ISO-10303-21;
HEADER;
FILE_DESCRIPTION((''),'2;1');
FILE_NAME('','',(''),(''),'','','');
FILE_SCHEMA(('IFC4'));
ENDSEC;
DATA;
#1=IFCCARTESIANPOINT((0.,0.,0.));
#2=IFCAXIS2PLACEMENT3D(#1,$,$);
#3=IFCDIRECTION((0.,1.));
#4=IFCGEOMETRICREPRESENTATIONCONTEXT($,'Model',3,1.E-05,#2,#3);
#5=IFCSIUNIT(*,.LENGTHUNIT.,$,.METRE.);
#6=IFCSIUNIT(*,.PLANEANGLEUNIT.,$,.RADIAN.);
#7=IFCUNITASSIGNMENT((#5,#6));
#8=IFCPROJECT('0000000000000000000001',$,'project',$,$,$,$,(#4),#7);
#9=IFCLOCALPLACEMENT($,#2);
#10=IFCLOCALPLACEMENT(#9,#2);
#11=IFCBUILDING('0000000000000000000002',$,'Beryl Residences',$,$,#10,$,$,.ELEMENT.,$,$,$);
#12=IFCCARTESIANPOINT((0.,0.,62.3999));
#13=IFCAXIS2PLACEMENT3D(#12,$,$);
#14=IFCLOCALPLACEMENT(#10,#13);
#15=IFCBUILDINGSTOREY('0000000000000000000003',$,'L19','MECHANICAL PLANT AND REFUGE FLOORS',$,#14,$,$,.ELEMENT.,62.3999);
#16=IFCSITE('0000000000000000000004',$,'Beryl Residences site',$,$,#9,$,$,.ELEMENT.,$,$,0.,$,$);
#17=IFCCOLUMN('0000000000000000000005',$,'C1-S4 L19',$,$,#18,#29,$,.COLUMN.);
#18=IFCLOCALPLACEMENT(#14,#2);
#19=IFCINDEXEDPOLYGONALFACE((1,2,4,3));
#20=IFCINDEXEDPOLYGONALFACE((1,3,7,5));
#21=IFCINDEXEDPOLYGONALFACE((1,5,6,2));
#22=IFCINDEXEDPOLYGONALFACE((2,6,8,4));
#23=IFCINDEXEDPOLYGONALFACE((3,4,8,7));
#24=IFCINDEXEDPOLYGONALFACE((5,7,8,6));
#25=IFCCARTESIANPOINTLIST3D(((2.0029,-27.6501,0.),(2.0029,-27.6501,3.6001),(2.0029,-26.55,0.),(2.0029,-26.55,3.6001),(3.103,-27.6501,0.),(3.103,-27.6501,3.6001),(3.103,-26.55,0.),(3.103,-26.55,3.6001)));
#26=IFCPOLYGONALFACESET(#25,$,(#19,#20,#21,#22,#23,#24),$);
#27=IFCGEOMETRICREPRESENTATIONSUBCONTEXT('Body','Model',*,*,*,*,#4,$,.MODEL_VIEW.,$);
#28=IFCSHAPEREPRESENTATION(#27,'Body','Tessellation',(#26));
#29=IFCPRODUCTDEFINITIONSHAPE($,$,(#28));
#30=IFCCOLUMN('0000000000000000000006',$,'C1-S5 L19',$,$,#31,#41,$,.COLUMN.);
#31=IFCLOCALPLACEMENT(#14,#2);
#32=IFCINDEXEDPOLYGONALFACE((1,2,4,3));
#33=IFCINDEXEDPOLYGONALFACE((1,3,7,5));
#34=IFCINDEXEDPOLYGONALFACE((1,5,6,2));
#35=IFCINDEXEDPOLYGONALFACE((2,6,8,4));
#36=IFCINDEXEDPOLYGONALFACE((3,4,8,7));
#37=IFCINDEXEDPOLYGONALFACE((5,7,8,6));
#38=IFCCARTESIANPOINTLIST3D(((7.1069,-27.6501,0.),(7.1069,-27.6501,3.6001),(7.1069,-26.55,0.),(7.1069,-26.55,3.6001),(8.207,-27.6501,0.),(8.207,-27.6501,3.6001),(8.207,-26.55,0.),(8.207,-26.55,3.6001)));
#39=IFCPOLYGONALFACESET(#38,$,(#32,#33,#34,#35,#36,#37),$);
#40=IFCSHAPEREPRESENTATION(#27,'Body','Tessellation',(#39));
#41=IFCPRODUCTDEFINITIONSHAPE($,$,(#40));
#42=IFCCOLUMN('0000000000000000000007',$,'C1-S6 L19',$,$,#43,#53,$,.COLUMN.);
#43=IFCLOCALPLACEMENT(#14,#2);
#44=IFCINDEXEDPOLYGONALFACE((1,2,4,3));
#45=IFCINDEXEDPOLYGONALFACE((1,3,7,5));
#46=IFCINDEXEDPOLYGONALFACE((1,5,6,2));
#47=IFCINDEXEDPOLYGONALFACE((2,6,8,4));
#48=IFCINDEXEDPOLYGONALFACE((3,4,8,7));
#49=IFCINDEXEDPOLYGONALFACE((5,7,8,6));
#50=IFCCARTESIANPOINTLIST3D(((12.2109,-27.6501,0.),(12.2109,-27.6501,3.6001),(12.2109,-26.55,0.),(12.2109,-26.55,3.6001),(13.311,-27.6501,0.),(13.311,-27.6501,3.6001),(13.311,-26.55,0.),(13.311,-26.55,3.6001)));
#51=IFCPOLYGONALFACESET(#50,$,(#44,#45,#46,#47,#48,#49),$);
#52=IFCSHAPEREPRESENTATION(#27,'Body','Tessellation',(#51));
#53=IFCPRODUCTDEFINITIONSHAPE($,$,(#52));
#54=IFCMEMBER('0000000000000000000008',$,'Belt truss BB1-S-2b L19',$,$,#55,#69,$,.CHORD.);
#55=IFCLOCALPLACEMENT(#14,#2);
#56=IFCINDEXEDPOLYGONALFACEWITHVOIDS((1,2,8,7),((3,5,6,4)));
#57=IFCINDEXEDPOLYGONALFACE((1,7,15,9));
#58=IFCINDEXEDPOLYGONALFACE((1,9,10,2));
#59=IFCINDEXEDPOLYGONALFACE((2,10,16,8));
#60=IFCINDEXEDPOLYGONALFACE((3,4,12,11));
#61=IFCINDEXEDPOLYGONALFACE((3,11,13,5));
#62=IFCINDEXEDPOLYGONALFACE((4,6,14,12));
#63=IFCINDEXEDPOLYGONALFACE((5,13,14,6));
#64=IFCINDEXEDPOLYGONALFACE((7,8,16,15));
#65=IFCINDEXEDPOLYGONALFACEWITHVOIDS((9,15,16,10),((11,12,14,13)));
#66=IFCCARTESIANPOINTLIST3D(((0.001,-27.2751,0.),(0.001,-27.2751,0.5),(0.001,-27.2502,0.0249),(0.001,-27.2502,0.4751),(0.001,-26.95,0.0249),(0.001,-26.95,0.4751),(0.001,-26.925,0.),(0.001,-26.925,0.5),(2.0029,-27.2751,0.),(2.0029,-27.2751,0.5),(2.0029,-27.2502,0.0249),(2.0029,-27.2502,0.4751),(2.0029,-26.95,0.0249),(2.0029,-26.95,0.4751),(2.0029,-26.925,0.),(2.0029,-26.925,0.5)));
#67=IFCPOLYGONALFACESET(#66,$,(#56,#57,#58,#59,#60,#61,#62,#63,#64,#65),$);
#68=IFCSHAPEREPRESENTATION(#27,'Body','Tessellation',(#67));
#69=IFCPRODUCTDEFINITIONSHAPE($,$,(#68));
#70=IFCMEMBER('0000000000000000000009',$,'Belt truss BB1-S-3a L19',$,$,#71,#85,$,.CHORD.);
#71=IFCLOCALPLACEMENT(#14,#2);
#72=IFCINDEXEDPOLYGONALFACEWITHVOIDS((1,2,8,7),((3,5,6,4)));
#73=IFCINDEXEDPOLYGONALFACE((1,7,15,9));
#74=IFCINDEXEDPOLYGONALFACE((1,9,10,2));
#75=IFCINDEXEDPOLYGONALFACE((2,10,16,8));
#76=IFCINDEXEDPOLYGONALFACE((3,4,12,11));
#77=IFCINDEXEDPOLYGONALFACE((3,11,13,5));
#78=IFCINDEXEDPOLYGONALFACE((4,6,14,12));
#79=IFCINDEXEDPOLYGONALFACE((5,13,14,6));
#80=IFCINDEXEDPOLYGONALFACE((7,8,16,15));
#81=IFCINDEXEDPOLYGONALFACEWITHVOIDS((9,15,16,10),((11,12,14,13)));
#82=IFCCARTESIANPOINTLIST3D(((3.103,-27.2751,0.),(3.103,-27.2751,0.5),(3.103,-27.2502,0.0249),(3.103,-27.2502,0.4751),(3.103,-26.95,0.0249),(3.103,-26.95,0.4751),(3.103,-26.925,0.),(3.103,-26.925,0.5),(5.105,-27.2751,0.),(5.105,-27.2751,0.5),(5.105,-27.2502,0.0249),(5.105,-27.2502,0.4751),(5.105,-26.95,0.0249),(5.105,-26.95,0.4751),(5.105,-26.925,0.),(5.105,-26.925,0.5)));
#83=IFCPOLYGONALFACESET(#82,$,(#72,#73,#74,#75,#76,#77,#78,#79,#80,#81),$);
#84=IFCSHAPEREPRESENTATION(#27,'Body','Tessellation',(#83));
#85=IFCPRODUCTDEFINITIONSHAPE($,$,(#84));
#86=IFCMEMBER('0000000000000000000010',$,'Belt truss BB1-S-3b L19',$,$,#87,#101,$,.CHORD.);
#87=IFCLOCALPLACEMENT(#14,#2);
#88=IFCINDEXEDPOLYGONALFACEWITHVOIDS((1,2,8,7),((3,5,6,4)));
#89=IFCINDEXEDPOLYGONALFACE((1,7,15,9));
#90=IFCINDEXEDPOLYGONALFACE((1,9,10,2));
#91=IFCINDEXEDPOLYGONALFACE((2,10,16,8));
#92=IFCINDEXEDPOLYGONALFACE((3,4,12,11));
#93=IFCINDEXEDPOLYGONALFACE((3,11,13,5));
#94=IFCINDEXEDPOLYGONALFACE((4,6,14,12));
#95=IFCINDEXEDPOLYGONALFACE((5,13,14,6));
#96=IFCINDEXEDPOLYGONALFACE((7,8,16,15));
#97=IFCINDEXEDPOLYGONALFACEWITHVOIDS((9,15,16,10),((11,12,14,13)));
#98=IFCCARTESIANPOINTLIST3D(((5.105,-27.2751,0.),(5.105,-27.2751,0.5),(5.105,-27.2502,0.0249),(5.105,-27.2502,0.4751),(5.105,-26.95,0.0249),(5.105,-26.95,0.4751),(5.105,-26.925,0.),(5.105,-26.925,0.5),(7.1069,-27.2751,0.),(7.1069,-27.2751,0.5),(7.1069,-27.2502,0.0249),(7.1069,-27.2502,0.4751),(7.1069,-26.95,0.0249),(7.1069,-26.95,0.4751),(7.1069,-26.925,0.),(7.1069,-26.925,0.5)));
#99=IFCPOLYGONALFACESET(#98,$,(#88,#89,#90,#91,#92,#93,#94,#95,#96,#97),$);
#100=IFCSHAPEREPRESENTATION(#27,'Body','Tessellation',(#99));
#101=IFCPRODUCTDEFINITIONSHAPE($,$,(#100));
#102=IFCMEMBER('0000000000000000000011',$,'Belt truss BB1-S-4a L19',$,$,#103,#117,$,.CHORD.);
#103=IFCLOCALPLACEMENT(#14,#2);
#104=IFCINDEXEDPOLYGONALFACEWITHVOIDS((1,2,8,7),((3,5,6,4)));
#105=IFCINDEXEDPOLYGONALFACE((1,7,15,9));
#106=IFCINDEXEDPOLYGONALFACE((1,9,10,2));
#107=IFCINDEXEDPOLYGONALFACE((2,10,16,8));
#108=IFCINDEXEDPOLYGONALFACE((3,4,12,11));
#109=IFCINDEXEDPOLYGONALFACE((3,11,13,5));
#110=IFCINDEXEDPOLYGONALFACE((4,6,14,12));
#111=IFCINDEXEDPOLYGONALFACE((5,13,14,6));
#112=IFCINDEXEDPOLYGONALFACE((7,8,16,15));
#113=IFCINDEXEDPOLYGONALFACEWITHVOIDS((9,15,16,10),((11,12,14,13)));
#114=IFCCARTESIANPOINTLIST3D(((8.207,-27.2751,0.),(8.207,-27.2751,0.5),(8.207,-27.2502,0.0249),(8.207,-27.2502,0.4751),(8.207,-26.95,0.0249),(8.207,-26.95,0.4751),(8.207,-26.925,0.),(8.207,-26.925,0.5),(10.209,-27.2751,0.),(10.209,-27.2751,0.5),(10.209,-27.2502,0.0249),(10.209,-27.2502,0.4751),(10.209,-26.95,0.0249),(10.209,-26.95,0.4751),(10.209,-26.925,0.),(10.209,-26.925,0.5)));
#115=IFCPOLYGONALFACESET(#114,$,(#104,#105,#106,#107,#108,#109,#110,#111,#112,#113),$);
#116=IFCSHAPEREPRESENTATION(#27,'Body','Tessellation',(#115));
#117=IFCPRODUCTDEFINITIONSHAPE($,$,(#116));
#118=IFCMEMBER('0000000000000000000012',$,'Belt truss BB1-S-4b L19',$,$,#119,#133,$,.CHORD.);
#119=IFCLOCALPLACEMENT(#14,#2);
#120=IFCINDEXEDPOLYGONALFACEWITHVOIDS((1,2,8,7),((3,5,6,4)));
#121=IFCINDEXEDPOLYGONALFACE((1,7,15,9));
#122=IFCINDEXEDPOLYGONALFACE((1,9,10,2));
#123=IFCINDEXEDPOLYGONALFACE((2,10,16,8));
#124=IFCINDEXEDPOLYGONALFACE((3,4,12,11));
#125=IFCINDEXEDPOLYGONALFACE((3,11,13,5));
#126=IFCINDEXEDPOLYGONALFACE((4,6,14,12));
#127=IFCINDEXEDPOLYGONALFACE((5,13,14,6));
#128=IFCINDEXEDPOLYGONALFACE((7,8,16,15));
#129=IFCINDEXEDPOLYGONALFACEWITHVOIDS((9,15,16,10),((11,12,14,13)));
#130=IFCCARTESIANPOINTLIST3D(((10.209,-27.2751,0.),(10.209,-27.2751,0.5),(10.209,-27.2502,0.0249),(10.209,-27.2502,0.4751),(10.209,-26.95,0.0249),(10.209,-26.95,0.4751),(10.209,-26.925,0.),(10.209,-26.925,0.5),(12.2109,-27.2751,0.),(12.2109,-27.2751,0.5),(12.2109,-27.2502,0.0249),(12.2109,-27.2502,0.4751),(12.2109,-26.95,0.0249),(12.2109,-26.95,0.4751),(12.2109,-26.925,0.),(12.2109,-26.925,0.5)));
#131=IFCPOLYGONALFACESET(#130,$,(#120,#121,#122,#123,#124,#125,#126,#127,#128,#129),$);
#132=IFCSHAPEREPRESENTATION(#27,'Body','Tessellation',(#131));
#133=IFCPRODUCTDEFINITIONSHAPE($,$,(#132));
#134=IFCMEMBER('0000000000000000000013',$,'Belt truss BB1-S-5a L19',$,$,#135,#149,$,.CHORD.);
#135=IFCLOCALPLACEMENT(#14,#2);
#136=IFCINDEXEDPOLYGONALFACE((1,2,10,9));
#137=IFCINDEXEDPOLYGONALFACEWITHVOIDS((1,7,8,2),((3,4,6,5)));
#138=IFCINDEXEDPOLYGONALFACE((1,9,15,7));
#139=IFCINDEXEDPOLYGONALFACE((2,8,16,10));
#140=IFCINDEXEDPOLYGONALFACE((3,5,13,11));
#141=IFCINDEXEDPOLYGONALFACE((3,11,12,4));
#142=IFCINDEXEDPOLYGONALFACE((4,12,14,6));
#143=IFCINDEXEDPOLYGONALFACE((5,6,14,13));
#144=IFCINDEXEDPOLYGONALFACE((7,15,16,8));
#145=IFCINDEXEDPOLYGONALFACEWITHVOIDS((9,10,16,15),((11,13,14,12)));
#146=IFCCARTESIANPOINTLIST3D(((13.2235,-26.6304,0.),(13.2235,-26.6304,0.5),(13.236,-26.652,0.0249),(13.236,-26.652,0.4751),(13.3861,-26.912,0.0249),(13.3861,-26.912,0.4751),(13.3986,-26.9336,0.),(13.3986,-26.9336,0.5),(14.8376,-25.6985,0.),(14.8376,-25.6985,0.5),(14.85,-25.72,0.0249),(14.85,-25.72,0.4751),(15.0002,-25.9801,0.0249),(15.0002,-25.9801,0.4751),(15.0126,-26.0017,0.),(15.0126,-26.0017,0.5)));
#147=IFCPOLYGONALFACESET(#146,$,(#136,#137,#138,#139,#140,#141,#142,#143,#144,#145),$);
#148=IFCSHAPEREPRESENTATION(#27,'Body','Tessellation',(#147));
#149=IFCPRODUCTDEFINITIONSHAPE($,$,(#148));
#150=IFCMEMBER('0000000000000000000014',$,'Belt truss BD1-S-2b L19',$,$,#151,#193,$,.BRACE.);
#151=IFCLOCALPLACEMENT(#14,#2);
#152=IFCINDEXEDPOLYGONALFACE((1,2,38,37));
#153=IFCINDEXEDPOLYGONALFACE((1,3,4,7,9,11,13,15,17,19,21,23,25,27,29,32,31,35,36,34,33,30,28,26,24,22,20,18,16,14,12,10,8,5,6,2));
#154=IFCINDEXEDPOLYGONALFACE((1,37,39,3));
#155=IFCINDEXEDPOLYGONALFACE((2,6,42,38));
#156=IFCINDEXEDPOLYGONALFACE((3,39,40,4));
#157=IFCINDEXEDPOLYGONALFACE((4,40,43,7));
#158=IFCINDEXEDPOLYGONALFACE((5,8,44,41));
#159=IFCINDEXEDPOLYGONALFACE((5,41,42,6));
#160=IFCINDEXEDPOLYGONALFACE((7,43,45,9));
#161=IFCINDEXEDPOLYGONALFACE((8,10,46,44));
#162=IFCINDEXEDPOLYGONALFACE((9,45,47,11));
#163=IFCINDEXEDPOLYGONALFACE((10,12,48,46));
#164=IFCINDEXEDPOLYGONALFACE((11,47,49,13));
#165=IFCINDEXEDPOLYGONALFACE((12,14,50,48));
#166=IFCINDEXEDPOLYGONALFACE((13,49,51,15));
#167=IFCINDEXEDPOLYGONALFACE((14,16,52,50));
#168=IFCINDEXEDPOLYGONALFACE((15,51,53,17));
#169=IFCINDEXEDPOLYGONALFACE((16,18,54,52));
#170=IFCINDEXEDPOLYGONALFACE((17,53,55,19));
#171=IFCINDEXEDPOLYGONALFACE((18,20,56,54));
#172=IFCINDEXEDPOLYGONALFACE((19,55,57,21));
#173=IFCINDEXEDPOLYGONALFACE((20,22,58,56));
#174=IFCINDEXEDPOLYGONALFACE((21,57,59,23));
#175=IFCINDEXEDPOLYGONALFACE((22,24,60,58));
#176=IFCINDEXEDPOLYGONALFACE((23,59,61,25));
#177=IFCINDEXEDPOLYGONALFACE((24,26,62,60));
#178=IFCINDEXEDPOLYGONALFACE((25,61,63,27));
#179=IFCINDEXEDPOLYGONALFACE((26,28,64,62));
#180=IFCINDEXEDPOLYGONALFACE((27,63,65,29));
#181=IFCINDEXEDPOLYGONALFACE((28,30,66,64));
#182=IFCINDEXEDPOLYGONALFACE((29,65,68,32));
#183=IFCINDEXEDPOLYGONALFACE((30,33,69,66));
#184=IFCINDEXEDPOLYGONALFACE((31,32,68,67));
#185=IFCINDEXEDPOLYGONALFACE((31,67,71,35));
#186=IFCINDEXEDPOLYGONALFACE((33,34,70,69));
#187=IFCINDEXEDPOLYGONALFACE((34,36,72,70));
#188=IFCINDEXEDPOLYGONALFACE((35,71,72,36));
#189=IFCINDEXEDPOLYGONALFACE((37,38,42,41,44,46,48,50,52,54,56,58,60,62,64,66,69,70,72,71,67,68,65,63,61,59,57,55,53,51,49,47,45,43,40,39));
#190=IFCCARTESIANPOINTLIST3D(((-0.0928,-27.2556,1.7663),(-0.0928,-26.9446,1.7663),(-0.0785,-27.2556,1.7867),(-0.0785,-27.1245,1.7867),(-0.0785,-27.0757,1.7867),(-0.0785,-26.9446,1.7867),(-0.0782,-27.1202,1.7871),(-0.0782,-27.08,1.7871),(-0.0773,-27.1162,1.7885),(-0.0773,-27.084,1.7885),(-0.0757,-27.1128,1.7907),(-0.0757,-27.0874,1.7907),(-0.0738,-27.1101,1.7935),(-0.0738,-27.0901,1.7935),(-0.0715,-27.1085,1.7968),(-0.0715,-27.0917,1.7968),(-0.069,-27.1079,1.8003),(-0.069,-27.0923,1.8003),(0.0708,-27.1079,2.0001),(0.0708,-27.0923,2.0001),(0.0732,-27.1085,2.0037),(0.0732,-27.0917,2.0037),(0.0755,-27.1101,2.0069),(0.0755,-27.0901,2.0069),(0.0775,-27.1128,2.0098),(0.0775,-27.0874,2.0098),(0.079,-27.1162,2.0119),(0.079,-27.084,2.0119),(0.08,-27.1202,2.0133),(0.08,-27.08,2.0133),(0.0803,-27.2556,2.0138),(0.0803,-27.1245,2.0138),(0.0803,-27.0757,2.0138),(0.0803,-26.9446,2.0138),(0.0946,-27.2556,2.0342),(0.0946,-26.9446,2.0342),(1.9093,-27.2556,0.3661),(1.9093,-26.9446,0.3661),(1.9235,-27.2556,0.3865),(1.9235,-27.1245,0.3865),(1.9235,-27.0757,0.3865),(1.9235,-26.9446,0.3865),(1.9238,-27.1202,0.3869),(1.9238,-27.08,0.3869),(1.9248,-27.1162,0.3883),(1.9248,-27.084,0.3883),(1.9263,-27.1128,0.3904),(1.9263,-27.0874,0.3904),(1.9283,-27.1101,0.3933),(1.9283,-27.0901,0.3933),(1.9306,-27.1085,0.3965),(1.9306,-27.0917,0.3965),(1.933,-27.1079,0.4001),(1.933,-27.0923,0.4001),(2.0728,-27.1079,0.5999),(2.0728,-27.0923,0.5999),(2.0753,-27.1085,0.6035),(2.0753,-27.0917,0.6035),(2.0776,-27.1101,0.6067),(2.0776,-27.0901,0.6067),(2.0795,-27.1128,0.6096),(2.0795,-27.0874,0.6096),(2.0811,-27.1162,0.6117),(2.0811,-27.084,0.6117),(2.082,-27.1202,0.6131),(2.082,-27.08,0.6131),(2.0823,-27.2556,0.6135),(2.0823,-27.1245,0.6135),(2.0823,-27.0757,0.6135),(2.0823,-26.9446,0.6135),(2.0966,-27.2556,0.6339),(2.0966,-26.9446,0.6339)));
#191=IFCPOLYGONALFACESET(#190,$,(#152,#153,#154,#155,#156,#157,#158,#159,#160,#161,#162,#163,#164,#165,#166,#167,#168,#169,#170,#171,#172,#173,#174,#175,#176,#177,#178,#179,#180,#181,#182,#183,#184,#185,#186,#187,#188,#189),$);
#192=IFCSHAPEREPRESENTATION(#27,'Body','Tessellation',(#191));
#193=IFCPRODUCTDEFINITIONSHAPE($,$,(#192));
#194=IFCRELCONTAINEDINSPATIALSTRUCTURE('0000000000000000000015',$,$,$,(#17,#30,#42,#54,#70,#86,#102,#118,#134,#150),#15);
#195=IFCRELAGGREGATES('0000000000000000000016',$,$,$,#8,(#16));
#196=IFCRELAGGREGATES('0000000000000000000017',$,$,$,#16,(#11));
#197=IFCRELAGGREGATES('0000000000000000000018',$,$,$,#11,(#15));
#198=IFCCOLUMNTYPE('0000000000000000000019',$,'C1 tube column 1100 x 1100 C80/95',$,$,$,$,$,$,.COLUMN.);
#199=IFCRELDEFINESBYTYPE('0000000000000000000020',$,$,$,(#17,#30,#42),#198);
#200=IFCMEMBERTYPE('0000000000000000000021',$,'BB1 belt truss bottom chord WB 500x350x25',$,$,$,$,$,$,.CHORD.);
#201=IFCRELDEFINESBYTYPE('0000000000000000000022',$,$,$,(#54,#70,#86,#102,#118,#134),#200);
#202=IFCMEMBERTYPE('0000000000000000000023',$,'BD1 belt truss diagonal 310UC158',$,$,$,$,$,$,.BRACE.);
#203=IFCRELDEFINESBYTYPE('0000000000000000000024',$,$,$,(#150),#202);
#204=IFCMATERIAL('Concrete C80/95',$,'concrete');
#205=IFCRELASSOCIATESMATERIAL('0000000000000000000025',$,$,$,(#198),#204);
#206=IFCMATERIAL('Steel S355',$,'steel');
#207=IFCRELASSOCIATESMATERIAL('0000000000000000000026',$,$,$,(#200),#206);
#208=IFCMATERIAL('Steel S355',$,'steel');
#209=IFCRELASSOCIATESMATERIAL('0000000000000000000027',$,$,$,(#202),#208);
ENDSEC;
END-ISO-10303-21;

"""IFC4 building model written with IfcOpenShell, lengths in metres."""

from ifc_helpers import new_model, si_unit, direction, frame, origin, origin_2d, place, context, subcontext, project, spatial, rectangle, hollow_rectangle, i_section, extrude, material, material_profile, profile_set, type_object, element, save


model = new_model("IFC4")

# Units and contexts
model_context = context("Model", 3, precision=1e-05, world=origin(), true_north=direction((0.0, 1.0)))
body_context = subcontext(model_context, "Body", "Model", "MODEL_VIEW")
ifc_project = project(units=[si_unit("LENGTHUNIT", "METRE"), si_unit("PLANEANGLEUNIT", "RADIAN")], contexts=[model_context])

# Site, building, storey
site_placement = place(None, origin())
site = spatial("IfcSite", under=ifc_project, at=site_placement, Name="Beryl Residences site", CompositionType="ELEMENT", RefElevation=0.0)
building_placement = place(site_placement, origin())
building = spatial("IfcBuilding", under=site, at=building_placement, Name="Beryl Residences", CompositionType="ELEMENT")
storey_placement = place(building_placement, frame((0.0, 0.0, 62.3999)))
storey = spatial("IfcBuildingStorey", under=building, at=storey_placement, Name="L19", Description="MECHANICAL PLANT AND REFUGE FLOORS", CompositionType="ELEMENT", Elevation=62.3999)

# Columns
ifc_material_1 = material(Name="Concrete C80/95", Category="concrete")
ifc_material_profile_1 = material_profile(ifc_material_1, rectangle(XDim=1.1001, YDim=1.1001, at=origin_2d()))
ifc_profile_set_1 = profile_set([ifc_material_profile_1], Name="Concrete C80/95")
column_type = type_object("IfcColumnType", Name="C1 tube column 1100 x 1100 C80/95", PredefinedType="COLUMN", material=ifc_profile_set_1)
for number, where, z_axis, x_axis, name in (
    (1, (2.553, -27.1001, 0.0), (0.0, 0.0, 1.0), (1.0, 0.0, 0.0), "C1-S4 L19"),
    (2, (7.657, -27.1001, 0.0), (0.0, 0.0, 1.0), (1.0, 0.0, 0.0), "C1-S5 L19"),
    (3, (12.761, -27.1001, 0.0), (0.0, 0.0, 1.0), (1.0, 0.0, 0.0), "C1-S6 L19"),
):
    element("IfcColumn", number, at=place(storey_placement, frame(where, z_axis=z_axis, x_axis=x_axis)), inside=storey, type_object=column_type, Name=name, PredefinedType="COLUMN", context=body_context, shape_type="SweptSolid", body=[
        extrude(rectangle(XDim=1.1001, YDim=1.1001, at=origin_2d()), origin(), (0.0, 0.0, 1.0), 3.6001),
    ])

# Members
ifc_material_2 = material(Name="Steel S355", Category="steel")
ifc_material_profile_2 = material_profile(ifc_material_2, hollow_rectangle(XDim=0.3501, YDim=0.5, WallThickness=0.0249, at=origin_2d()))
ifc_profile_set_2 = profile_set([ifc_material_profile_2], Name="Steel S355")
member_type_1 = type_object("IfcMemberType", Name="BB1 belt truss bottom chord WB 500x350x25", PredefinedType="CHORD", material=ifc_profile_set_2)
for number, where, z_axis, x_axis, name in (
    (4, (0.001, -27.1001, 0.25), (1.0, 0.0, 0.0), (0.0, 1.0, 0.0), "Belt truss BB1-S-2b L19"),
    (5, (3.103, -27.1001, 0.25), (1.0, 0.0, 0.0), (0.0, 1.0, 0.0), "Belt truss BB1-S-3a L19"),
    (6, (5.105, -27.1001, 0.25), (1.0, 0.0, 0.0), (0.0, 1.0, 0.0), "Belt truss BB1-S-3b L19"),
    (7, (8.207, -27.1001, 0.25), (1.0, 0.0, 0.0), (0.0, 1.0, 0.0), "Belt truss BB1-S-4a L19"),
    (8, (10.209, -27.1001, 0.25), (1.0, 0.0, 0.0), (0.0, 1.0, 0.0), "Belt truss BB1-S-4b L19"),
):
    element("IfcMember", number, at=place(storey_placement, frame(where, z_axis=z_axis, x_axis=x_axis)), inside=storey, type_object=member_type_1, Name=name, PredefinedType="CHORD", context=body_context, shape_type="SweptSolid", body=[
        extrude(hollow_rectangle(XDim=0.3501, YDim=0.5, WallThickness=0.0249, at=origin_2d()), origin(), (0.0, 0.0, 1.0), 2.002),
    ])
member_1_placement = place(storey_placement, frame((13.311, -26.782, 0.25), z_axis=(0.866018, 0.500013, 0.0), x_axis=(-0.500013, 0.866018, 0.0)))
element("IfcMember", 9, at=member_1_placement, inside=storey, type_object=member_type_1, Name="Belt truss BB1-S-5a L19", PredefinedType="CHORD", context=body_context, shape_type="SweptSolid", body=[
    extrude(hollow_rectangle(XDim=0.3501, YDim=0.5, WallThickness=0.0249, at=origin_2d()), origin(), (0.0, 0.0, 1.0), 1.8638),
])
ifc_material_3 = material(Name="Steel S355", Category="steel")
ifc_material_profile_3 = material_profile(ifc_material_3, i_section(OverallWidth=0.311, OverallDepth=0.3269, WebThickness=0.0156, FlangeThickness=0.0249, FilletRadius=0.0166, at=origin_2d()))
ifc_profile_set_3 = profile_set([ifc_material_profile_3], Name="Steel S355")
member_type_2 = type_object("IfcMemberType", Name="BD1 belt truss diagonal 310UC158", PredefinedType="BRACE", material=ifc_profile_set_3)
for number, where, z_axis, x_axis, name in (
    (10, (2.0029, -27.1001, 0.5), (-0.819467, 0.0, 0.573127), (0.0, -1.0, 0.0), "Belt truss BD1-S-2b L19"),
):
    element("IfcMember", number, at=place(storey_placement, frame(where, z_axis=z_axis, x_axis=x_axis)), inside=storey, type_object=member_type_2, Name=name, PredefinedType="BRACE", context=body_context, shape_type="SweptSolid", body=[
        extrude(i_section(OverallWidth=0.311, OverallDepth=0.3269, WebThickness=0.0156, FlangeThickness=0.0249, FilletRadius=0.0166, at=origin_2d()), origin(), (0.0, 0.0, 1.0), 2.4431),
    ])

save(model, "model.ifc")
